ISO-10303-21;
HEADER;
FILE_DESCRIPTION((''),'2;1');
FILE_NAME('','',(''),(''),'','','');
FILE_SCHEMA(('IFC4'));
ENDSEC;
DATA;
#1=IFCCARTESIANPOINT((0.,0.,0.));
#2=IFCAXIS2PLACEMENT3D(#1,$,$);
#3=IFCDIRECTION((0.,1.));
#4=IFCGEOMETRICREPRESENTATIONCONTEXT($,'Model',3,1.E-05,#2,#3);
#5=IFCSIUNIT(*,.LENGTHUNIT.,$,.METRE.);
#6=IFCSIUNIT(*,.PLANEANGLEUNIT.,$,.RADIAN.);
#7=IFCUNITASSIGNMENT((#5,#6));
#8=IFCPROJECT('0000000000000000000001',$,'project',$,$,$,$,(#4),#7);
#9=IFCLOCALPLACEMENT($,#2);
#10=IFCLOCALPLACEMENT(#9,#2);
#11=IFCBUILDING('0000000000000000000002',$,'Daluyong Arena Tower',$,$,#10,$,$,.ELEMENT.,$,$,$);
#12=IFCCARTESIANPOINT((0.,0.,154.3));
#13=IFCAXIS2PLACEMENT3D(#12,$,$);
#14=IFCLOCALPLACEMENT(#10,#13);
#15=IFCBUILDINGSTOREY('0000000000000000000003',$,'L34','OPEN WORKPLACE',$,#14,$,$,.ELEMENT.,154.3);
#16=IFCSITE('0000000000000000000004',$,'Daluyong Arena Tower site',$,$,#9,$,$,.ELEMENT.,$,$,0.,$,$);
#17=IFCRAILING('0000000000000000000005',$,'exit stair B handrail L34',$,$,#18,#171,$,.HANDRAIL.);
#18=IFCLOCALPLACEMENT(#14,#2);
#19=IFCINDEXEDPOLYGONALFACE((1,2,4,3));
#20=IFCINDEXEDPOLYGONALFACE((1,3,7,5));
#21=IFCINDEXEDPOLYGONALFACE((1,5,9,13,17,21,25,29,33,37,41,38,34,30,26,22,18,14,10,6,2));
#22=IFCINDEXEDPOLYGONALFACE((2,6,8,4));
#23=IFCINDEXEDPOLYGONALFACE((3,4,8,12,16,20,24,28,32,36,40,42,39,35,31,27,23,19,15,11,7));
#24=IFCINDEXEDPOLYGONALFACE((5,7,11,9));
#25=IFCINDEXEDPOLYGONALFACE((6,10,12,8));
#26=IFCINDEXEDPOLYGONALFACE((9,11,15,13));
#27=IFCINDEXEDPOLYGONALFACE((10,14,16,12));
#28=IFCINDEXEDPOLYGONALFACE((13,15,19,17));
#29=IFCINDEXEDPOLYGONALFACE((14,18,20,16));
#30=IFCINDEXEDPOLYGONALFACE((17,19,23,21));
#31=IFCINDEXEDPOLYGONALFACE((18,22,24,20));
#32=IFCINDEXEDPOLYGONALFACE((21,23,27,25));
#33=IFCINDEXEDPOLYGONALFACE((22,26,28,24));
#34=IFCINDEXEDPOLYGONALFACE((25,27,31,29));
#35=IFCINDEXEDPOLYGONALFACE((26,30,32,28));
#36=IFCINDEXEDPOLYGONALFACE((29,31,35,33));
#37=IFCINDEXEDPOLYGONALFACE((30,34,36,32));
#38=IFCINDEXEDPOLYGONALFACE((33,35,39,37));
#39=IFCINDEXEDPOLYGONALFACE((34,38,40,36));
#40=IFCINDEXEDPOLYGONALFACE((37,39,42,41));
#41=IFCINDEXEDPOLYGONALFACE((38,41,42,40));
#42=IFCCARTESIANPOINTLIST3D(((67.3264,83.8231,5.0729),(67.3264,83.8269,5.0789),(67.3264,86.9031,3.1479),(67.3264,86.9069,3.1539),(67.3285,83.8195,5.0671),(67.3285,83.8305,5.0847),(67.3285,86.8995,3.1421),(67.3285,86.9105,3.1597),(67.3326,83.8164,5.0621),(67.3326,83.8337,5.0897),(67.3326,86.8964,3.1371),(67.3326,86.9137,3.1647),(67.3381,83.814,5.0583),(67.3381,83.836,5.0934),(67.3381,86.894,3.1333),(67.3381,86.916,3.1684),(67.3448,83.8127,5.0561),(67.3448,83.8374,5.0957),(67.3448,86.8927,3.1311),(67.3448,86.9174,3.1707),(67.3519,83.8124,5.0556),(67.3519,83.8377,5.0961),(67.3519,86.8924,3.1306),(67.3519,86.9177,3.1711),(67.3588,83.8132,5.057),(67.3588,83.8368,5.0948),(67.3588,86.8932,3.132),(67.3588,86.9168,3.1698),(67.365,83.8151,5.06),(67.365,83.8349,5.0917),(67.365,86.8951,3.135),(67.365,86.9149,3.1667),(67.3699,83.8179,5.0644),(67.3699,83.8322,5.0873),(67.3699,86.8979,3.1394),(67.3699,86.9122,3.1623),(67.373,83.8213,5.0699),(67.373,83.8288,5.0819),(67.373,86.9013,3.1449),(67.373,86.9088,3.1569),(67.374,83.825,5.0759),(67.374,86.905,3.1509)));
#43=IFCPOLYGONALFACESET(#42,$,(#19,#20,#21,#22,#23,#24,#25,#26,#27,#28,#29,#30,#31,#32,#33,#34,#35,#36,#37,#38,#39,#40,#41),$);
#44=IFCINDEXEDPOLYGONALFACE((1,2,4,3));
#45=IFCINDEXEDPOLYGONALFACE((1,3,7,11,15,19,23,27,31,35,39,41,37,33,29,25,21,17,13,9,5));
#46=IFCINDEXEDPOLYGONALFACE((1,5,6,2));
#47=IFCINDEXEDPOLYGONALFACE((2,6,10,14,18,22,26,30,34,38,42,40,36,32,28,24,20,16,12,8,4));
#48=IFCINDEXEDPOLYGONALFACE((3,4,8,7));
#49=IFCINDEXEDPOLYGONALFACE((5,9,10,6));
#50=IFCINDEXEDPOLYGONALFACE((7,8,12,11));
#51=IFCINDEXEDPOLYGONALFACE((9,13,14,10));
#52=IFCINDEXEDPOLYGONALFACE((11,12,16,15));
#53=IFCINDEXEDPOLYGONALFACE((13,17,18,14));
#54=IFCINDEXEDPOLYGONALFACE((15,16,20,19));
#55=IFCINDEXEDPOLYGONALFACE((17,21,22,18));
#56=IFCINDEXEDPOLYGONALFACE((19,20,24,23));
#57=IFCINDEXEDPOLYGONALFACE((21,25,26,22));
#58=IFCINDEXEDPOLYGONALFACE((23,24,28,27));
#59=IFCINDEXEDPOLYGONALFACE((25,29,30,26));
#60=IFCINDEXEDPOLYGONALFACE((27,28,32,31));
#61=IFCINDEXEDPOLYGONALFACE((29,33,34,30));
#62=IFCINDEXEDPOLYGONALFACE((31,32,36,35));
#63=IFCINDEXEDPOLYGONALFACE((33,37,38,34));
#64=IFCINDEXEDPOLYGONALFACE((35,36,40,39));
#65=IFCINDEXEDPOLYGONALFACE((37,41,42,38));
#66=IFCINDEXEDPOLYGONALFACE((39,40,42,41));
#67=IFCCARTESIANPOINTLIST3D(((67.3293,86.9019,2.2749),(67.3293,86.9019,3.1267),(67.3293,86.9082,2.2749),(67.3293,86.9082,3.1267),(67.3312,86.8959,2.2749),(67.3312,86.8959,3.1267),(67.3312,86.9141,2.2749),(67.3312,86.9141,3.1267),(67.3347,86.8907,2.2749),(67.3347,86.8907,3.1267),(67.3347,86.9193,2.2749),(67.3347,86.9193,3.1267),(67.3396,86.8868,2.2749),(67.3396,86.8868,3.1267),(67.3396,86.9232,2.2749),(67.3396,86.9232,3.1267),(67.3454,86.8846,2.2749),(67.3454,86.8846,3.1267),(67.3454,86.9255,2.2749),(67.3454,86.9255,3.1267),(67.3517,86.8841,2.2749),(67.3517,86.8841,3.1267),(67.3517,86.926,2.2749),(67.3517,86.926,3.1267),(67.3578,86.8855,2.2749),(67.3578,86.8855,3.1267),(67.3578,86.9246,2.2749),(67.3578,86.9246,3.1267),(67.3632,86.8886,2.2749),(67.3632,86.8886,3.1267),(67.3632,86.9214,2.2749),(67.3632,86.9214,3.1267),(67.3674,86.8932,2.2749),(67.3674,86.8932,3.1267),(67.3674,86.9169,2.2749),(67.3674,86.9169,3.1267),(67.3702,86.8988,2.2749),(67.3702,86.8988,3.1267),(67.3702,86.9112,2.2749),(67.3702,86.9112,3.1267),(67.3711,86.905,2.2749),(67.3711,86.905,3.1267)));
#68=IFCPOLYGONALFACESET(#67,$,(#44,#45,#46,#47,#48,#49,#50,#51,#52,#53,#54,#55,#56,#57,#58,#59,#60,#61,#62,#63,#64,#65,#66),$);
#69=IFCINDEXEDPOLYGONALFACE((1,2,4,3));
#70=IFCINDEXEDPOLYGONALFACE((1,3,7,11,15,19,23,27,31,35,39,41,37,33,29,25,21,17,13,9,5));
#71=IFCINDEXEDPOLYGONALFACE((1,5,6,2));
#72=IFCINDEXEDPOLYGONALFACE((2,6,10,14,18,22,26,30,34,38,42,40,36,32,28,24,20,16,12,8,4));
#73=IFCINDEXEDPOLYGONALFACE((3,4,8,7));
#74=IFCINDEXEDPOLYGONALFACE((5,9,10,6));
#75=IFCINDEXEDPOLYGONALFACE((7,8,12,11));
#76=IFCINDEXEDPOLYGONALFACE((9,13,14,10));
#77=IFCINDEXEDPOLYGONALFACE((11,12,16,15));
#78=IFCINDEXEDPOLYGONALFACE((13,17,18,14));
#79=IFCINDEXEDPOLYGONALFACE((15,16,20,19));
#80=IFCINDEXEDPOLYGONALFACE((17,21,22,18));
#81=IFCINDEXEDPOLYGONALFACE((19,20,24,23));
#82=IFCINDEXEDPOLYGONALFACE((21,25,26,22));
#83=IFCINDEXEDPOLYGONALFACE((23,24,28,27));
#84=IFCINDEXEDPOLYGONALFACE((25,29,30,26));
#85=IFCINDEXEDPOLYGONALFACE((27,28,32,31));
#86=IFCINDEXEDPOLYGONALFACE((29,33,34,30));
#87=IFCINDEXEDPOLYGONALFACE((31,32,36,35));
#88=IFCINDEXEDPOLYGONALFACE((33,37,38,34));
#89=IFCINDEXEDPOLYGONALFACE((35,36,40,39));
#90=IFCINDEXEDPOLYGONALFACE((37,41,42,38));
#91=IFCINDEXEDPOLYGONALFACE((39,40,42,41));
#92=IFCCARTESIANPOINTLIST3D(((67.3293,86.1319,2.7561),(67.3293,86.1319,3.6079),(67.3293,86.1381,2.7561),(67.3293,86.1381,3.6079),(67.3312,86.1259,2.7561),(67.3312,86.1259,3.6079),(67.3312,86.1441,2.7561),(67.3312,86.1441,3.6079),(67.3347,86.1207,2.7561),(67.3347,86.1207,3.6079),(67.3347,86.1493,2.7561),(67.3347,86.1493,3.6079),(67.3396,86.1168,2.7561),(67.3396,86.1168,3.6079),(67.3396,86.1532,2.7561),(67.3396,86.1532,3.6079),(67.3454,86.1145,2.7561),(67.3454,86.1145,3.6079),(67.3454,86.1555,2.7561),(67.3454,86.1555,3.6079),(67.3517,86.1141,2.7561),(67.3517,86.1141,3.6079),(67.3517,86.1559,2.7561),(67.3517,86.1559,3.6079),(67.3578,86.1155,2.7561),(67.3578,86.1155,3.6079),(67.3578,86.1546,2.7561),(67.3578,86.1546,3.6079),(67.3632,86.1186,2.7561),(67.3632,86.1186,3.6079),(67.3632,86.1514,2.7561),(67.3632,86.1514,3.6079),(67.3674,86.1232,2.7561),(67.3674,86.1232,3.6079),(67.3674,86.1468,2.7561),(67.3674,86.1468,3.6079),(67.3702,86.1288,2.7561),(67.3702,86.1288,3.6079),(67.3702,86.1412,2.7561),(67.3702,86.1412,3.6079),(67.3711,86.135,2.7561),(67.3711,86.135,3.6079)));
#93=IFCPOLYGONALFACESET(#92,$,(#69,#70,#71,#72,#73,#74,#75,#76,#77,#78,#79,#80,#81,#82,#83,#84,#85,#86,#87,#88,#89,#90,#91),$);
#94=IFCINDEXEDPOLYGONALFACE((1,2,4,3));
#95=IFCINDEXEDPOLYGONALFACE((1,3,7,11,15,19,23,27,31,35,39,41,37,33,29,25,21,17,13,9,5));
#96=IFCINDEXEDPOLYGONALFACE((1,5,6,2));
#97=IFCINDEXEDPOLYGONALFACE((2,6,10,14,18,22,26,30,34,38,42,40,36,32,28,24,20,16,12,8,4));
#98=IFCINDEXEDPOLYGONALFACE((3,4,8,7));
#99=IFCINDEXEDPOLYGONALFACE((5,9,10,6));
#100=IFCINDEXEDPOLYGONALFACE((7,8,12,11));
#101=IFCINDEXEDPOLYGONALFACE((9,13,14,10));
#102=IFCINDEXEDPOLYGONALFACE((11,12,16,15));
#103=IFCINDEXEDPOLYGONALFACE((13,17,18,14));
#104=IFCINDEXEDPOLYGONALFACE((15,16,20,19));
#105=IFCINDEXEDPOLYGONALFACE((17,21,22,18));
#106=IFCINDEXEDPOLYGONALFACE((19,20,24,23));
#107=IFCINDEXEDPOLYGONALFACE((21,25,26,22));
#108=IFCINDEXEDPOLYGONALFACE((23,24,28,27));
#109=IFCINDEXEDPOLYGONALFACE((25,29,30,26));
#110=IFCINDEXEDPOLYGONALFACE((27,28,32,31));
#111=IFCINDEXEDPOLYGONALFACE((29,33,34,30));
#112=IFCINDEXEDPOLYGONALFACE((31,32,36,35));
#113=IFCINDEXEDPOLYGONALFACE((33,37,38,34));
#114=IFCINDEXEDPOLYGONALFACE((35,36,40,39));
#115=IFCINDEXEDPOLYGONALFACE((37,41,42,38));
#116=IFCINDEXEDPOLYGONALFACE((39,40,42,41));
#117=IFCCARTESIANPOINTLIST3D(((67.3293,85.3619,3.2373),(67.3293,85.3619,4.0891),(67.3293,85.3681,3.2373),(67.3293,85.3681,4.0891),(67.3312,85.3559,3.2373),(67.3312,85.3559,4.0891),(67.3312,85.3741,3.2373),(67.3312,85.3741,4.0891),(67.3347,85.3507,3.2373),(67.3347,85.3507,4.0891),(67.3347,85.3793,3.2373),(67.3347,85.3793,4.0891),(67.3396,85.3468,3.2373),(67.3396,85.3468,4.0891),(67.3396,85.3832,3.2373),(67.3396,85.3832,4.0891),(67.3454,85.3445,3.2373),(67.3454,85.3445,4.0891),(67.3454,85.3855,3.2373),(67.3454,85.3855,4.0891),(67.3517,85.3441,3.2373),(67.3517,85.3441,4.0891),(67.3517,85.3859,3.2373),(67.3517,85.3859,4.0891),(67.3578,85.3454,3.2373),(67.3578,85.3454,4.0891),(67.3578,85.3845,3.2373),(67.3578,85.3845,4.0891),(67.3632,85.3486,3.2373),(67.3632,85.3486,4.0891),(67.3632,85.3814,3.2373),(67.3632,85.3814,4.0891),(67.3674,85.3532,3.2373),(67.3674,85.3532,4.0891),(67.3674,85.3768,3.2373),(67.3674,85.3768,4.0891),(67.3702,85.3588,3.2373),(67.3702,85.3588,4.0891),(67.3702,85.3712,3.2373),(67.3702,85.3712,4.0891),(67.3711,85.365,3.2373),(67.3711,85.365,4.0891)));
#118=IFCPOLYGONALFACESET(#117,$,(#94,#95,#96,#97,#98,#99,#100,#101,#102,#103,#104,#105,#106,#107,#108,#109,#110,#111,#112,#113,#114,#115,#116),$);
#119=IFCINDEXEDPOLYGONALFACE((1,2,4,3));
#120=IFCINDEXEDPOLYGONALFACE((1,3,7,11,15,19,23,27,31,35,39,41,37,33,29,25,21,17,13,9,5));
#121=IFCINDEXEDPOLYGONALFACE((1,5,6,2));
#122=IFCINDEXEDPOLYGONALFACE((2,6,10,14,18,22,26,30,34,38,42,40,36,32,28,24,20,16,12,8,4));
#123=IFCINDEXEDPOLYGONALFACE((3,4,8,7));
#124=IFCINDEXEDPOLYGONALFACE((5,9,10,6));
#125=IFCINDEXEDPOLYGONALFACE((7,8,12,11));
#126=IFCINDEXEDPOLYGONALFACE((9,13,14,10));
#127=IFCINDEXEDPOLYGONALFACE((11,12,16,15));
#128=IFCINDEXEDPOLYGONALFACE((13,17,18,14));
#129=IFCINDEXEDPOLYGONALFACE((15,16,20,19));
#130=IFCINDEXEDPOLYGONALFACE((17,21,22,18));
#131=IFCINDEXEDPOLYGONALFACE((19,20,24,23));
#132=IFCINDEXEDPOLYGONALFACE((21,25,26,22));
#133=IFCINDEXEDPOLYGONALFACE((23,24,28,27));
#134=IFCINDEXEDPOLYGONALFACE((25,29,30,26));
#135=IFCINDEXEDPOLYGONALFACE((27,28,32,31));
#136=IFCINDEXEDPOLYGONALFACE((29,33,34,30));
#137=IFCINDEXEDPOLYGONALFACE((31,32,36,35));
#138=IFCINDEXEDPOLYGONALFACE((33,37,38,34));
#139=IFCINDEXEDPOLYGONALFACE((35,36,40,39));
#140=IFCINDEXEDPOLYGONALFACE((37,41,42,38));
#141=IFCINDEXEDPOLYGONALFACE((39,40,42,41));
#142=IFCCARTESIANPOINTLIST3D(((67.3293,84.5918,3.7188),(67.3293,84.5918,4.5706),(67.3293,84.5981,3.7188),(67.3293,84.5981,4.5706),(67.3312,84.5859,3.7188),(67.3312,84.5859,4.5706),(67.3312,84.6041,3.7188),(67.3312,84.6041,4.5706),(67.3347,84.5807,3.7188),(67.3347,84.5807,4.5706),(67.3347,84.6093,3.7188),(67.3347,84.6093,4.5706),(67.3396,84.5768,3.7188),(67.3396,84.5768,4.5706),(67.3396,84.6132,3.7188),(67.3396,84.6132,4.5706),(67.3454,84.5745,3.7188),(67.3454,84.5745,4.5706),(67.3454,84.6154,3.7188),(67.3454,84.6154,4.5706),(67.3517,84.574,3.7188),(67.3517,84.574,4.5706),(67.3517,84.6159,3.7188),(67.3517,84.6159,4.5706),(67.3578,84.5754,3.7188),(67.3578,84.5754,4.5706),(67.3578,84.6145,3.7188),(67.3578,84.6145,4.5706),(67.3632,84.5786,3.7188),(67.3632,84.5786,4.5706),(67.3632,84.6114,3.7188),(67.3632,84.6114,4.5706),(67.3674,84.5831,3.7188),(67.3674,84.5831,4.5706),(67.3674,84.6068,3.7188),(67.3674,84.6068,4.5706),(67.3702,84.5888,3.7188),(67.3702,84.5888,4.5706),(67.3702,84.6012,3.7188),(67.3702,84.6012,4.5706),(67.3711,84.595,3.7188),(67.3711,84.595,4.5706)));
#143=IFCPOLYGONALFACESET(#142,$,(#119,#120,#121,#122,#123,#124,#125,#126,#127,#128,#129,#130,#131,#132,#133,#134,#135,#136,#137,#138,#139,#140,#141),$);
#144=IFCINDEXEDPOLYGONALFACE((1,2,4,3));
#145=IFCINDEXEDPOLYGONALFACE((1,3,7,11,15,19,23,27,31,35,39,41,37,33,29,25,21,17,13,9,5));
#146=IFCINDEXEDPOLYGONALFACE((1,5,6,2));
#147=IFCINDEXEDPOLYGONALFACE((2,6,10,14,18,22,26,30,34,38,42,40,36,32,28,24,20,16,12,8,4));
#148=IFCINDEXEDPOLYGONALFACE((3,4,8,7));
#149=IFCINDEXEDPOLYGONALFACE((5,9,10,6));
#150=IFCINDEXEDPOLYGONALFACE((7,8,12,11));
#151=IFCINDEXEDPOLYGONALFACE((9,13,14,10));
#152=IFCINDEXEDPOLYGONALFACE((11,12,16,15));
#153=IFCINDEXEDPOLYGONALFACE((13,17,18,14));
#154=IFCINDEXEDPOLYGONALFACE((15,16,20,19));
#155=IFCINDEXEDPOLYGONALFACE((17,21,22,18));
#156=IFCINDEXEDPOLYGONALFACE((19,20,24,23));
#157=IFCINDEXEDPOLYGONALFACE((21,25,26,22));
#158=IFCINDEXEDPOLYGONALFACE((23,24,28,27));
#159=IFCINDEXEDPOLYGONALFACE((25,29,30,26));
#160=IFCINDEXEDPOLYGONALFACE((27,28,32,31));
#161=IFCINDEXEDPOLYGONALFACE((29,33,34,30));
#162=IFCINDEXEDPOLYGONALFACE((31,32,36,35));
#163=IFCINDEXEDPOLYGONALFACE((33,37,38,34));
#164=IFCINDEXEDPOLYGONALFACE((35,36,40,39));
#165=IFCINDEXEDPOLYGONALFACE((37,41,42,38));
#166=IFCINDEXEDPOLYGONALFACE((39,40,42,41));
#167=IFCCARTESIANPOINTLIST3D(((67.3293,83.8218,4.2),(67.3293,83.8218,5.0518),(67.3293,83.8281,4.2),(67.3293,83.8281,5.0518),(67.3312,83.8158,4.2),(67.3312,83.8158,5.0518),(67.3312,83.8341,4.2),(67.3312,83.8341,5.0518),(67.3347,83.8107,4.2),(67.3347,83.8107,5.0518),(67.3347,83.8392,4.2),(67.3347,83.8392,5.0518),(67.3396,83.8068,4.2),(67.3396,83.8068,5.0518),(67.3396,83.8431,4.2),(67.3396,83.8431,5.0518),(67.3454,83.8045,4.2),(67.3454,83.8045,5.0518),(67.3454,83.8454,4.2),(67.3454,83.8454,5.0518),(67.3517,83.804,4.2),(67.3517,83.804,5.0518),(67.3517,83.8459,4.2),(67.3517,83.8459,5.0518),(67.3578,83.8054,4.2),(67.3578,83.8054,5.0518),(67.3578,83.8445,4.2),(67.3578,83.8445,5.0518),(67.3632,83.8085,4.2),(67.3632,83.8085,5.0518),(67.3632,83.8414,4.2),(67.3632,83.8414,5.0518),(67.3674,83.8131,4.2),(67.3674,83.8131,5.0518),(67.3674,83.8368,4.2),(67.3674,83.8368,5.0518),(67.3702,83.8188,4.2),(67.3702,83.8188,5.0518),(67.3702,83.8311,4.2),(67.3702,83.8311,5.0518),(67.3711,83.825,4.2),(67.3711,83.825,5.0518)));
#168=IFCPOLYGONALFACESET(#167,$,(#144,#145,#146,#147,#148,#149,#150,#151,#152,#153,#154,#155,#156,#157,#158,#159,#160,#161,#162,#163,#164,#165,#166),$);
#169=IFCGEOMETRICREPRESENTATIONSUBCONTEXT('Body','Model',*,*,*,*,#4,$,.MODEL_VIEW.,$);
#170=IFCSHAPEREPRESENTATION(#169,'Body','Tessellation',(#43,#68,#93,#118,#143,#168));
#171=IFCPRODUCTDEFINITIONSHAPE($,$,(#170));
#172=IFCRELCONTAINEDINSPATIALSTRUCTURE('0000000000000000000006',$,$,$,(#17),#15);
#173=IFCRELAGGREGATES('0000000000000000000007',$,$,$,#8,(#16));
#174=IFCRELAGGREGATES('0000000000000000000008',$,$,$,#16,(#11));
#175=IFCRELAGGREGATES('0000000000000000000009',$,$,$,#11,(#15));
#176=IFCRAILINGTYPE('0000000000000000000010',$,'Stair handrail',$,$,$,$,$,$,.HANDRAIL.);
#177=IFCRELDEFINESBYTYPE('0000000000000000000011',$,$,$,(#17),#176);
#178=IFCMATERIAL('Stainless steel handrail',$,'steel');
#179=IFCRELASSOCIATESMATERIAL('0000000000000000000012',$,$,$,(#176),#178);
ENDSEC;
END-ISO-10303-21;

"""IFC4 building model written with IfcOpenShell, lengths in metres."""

from ifc_helpers import new_model, si_unit, direction, frame, origin, origin_2d, place, context, subcontext, project, spatial, circle, extrude, material, type_object, element, save


model = new_model("IFC4")

# Units and contexts
model_context = context("Model", 3, precision=1e-05, world=origin(), true_north=direction((0.0, 1.0)))
body_context = subcontext(model_context, "Body", "Model", "MODEL_VIEW")
ifc_project = project(units=[si_unit("LENGTHUNIT", "METRE"), si_unit("PLANEANGLEUNIT", "RADIAN")], contexts=[model_context])

# Site, building, storey
site_placement = place(None, origin())
site = spatial("IfcSite", under=ifc_project, at=site_placement, Name="Daluyong Arena Tower site", CompositionType="ELEMENT", RefElevation=0.0)
building_placement = place(site_placement, origin())
building = spatial("IfcBuilding", under=site, at=building_placement, Name="Daluyong Arena Tower", CompositionType="ELEMENT")
storey_placement = place(building_placement, frame((0.0, 0.0, 154.3)))
storey = spatial("IfcBuildingStorey", under=building, at=storey_placement, Name="L34", Description="OPEN WORKPLACE", CompositionType="ELEMENT", Elevation=154.3)

# Railing
ifc_material_1 = material(Name="Stainless steel handrail", Category="steel")
railing_type_1 = type_object("IfcRailingType", Name="Stair handrail", PredefinedType="HANDRAIL", material=ifc_material_1)
railing_1_placement = place(storey_placement, frame((67.3501, 86.905, 2.2749)))
element("IfcRailing", 1, at=railing_1_placement, inside=storey, type_object=railing_type_1, Name="exit stair B handrail L34", PredefinedType="HANDRAIL", context=body_context, shape_type="SweptSolid", body=[
    extrude(circle(Radius=0.0239, at=origin_2d()), frame((0.0, 0.0, 0.876), z_axis=(0.0, -0.847998, 0.529999), x_axis=(1.0, 0.0, 0.0)), (0.0, 0.0, 1.0), 3.6321),
    extrude(circle(Radius=0.021, at=origin_2d()), origin(), (0.0, 0.0, 1.0), 0.8518),
    extrude(circle(Radius=0.021, at=origin_2d()), frame((0.0, -0.77, 0.4812)), (0.0, 0.0, 1.0), 0.8518),
    extrude(circle(Radius=0.021, at=origin_2d()), frame((0.0, -1.54, 0.9624)), (0.0, 0.0, 1.0), 0.8518),
    extrude(circle(Radius=0.021, at=origin_2d()), frame((0.0, -2.3101, 1.4438)), (0.0, 0.0, 1.0), 0.8518),
    extrude(circle(Radius=0.021, at=origin_2d()), frame((0.0, -3.0801, 1.925)), (0.0, 0.0, 1.0), 0.8518),
])

save(model, "model.ifc")
